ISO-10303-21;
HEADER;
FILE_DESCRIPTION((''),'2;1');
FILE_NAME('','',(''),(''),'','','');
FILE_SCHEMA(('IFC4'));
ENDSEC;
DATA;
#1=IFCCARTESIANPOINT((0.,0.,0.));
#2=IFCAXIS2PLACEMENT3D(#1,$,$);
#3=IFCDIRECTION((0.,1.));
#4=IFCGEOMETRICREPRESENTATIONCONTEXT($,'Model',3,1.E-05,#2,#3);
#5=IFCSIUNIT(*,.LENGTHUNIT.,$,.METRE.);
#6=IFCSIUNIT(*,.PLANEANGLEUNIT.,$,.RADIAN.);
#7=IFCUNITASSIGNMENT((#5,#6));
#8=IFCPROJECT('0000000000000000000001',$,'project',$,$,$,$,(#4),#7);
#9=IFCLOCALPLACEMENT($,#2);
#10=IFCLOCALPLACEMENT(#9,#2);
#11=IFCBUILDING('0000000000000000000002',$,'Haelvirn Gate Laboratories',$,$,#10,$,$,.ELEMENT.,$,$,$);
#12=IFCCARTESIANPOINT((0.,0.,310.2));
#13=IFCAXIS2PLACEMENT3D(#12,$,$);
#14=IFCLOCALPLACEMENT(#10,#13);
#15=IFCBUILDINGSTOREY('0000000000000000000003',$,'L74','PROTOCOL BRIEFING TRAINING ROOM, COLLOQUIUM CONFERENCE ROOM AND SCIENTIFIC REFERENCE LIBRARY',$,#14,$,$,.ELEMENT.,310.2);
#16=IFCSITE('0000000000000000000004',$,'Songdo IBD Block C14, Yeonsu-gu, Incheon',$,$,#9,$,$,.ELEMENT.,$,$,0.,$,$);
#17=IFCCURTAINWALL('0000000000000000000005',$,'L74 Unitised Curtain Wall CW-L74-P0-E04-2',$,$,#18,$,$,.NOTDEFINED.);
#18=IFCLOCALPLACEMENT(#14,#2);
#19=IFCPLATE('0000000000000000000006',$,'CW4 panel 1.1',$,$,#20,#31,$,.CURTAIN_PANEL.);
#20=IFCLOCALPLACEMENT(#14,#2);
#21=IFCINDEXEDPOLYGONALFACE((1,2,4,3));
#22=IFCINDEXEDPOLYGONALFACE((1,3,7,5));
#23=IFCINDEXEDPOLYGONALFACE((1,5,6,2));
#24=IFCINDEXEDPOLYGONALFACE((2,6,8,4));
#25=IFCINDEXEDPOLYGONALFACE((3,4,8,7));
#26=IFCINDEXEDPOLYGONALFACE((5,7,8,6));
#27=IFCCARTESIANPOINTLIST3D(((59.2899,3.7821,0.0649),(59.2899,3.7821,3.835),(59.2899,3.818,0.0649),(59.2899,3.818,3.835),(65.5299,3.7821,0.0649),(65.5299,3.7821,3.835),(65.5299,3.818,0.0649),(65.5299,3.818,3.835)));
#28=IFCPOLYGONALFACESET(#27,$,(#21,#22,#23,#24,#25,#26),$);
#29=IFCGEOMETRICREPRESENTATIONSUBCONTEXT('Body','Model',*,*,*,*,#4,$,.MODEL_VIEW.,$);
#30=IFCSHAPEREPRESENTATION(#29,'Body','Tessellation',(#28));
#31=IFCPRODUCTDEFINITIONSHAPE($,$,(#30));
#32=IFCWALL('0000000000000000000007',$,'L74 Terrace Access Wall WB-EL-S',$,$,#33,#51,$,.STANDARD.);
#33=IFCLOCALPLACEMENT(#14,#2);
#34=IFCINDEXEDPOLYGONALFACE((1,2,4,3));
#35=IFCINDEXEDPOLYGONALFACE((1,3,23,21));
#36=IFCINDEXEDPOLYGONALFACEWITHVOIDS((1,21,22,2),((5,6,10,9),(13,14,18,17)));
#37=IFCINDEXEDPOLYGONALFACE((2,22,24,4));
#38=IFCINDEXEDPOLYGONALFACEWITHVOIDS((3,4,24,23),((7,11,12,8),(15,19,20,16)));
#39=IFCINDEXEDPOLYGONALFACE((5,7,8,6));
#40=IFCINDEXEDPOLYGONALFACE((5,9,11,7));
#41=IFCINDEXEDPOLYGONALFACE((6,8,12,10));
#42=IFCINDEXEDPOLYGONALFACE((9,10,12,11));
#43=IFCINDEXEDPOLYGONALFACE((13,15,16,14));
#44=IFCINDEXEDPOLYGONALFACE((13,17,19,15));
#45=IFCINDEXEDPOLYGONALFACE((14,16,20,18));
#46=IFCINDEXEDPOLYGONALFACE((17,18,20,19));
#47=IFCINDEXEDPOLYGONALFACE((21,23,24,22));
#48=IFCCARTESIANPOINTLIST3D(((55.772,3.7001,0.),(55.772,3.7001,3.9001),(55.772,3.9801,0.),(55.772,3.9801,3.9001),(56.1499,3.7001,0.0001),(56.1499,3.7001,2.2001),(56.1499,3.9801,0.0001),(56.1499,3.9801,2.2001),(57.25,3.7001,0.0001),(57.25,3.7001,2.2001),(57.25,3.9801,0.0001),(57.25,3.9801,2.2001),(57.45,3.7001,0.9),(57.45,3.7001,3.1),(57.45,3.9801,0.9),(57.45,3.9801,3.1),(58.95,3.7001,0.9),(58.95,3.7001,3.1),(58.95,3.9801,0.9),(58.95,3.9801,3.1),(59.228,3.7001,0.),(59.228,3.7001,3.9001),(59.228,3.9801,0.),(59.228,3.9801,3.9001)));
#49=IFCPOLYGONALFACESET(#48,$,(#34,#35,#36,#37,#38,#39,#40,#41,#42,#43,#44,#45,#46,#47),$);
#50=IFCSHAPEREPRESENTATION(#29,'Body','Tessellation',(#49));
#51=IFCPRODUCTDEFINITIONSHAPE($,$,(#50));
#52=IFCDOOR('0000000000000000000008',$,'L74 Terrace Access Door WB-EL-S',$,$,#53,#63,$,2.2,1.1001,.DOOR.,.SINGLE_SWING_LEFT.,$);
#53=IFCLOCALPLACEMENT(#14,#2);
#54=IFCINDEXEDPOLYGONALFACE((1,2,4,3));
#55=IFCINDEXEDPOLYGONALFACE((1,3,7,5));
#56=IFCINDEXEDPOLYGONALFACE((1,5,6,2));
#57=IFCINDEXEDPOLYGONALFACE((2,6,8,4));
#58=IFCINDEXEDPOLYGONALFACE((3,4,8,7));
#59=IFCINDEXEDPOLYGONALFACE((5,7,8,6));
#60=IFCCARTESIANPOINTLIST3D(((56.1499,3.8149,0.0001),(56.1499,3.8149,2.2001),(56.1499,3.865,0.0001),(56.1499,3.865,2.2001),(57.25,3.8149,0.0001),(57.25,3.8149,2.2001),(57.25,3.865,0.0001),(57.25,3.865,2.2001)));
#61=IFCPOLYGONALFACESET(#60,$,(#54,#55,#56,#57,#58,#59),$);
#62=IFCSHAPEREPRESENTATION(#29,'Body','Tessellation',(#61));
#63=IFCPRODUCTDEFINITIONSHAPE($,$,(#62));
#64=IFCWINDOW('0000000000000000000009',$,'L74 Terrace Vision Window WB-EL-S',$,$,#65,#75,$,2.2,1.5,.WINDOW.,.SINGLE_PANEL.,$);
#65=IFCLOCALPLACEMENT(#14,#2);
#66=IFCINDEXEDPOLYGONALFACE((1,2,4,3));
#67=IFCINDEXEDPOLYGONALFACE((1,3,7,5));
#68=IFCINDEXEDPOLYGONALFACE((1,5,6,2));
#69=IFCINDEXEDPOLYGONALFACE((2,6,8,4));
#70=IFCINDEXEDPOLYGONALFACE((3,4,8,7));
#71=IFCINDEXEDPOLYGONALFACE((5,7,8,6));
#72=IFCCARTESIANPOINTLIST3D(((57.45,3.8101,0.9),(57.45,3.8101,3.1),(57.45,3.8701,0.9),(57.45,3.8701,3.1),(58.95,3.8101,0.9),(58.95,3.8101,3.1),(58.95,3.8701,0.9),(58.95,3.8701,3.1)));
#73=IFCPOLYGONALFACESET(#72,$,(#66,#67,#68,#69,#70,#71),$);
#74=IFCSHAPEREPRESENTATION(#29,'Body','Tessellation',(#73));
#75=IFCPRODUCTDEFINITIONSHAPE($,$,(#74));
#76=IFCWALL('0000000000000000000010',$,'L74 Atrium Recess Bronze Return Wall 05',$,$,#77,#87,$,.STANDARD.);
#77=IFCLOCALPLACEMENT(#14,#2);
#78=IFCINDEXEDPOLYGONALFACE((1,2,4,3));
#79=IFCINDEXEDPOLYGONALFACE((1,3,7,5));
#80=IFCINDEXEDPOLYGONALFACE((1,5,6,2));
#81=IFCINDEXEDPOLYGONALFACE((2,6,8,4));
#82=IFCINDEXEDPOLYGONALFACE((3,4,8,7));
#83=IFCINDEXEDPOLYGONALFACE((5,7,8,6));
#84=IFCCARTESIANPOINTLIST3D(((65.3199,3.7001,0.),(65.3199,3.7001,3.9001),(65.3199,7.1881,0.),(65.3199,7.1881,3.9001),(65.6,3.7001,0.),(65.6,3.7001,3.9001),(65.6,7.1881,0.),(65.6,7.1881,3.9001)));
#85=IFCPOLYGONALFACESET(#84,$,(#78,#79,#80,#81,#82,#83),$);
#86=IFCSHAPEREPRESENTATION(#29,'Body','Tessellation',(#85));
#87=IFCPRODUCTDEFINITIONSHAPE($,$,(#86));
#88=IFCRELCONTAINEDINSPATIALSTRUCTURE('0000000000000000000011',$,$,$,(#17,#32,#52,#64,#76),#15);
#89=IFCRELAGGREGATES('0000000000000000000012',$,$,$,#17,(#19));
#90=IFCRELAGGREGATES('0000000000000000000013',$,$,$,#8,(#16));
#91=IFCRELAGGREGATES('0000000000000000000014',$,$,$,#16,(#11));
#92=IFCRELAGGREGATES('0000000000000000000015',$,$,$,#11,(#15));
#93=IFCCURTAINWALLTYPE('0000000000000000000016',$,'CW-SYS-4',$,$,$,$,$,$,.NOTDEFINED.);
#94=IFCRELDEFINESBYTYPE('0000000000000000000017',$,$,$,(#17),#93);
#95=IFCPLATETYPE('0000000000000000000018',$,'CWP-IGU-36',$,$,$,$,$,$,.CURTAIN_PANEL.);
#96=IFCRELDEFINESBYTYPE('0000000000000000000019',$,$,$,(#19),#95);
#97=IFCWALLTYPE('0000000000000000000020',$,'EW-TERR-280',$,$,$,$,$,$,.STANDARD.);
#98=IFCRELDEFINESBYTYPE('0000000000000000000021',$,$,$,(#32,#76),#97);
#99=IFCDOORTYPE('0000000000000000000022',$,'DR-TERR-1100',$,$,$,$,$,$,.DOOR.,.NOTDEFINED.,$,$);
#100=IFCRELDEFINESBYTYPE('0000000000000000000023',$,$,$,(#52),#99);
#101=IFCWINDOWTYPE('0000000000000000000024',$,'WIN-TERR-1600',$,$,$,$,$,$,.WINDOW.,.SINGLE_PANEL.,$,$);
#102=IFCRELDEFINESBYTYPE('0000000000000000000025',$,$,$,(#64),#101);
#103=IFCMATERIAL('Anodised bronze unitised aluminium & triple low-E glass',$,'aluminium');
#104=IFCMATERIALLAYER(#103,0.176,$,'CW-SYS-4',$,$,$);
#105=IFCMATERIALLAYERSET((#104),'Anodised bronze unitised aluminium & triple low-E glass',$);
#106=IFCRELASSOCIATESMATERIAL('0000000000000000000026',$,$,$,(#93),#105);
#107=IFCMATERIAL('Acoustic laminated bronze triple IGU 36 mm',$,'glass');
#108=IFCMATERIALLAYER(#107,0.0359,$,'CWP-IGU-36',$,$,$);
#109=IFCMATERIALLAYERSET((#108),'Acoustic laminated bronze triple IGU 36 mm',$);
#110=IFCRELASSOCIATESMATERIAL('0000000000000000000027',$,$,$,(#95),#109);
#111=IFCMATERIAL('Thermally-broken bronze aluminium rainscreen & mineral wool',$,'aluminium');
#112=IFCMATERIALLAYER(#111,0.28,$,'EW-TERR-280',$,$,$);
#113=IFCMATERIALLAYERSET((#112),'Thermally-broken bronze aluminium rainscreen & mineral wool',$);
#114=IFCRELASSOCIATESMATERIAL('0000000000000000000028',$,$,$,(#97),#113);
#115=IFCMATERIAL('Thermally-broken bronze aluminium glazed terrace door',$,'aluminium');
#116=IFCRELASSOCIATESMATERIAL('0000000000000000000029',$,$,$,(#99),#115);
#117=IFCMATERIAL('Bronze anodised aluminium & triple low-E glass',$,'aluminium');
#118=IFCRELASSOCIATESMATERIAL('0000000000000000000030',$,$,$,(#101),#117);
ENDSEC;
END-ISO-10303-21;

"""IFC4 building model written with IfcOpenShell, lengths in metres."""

from ifc_helpers import new_model, si_unit, direction, frame, frame_2d, origin, origin_2d, place, context, subcontext, project, spatial, rectangle, extrude, source, transform, mapped, material, layer, layer_set, type_object, type_shapes, element, fill, aggregate, save


model = new_model("IFC4")

# Units and contexts
model_context = context("Model", 3, precision=1e-05, world=origin(), true_north=direction((0.0, 1.0)))
body_context = subcontext(model_context, "Body", "Model", "MODEL_VIEW")
ifc_project = project(units=[si_unit("LENGTHUNIT", "METRE"), si_unit("PLANEANGLEUNIT", "RADIAN")], contexts=[model_context])

# Site, building, storey
site_placement = place(None, origin())
site = spatial("IfcSite", under=ifc_project, at=site_placement, Name="Songdo IBD Block C14, Yeonsu-gu, Incheon", CompositionType="ELEMENT", RefElevation=0.0)
building_placement = place(site_placement, origin())
building = spatial("IfcBuilding", under=site, at=building_placement, Name="Haelvirn Gate Laboratories", CompositionType="ELEMENT")
storey_placement = place(building_placement, frame((0.0, 0.0, 310.2)))
storey = spatial("IfcBuildingStorey", under=building, at=storey_placement, Name="L74", Description="PROTOCOL BRIEFING TRAINING ROOM, COLLOQUIUM CONFERENCE ROOM AND SCIENTIFIC REFERENCE LIBRARY", CompositionType="ELEMENT", Elevation=310.2)

# Shared definitions
ifc_material_1 = material(Name="Anodised bronze unitised aluminium & triple low-E glass", Category="aluminium")
ifc_layer_1 = layer(ifc_material_1, 0.176, Name="CW-SYS-4")
ifc_layer_set_1 = layer_set([ifc_layer_1], Name="Anodised bronze unitised aluminium & triple low-E glass")
curtain_wall_type_1 = type_object("IfcCurtainWallType", Name="CW-SYS-4", PredefinedType="NOTDEFINED", material=ifc_layer_set_1)

# Curtain wall
curtain_wall_1_placement = place(storey_placement, origin())
curtain_wall_1 = element("IfcCurtainWall", 1, at=curtain_wall_1_placement, inside=storey, type_object=curtain_wall_type_1, Name="L74 Unitised Curtain Wall CW-L74-P0-E04-2", PredefinedType="NOTDEFINED")

# Plate
ifc_material_2 = material(Name="Acoustic laminated bronze triple IGU 36 mm", Category="glass")
ifc_layer_2 = layer(ifc_material_2, 0.0359, Name="CWP-IGU-36")
ifc_layer_set_2 = layer_set([ifc_layer_2], Name="Acoustic laminated bronze triple IGU 36 mm")
plate_type_1 = type_object("IfcPlateType", Name="CWP-IGU-36", PredefinedType="CURTAIN_PANEL", material=ifc_layer_set_2)
shared_shape_1 = source(origin(), body_context, "Body", "SweptSolid", [
    extrude(rectangle(XDim=6.24, YDim=0.0359, at=origin_2d()), origin(), (0.0, 0.0, 1.0), 3.77),
])
type_shapes(plate_type_1, [shared_shape_1])
plate_1_placement = place(storey_placement, frame((62.4099, 3.8, 0.0649), z_axis=(0.0, 0.0, 1.0), x_axis=(1.0, 0.0, 0.0)))
plate_1 = element("IfcPlate", 2, at=plate_1_placement, type_object=plate_type_1, Name="CW4 panel 1.1", PredefinedType="CURTAIN_PANEL", context=body_context, shape_type="MappedRepresentation", body=[
    mapped(shared_shape_1, transform((0.0, 0.0, 0.0), scale=1.0)),
])
aggregate(curtain_wall_1, [plate_1])

# Wall, openings, door, window
ifc_material_3 = material(Name="Thermally-broken bronze aluminium rainscreen & mineral wool", Category="aluminium")
ifc_layer_3 = layer(ifc_material_3, 0.28, Name="EW-TERR-280")
ifc_layer_set_3 = layer_set([ifc_layer_3], Name="Thermally-broken bronze aluminium rainscreen & mineral wool")
wall_type = type_object("IfcWallType", Name="EW-TERR-280", PredefinedType="STANDARD", material=ifc_layer_set_3)
wall_1_placement = place(storey_placement, frame((55.772, 3.8401, 0.0), z_axis=(0.0, 0.0, 1.0), x_axis=(1.0, 0.0, 0.0)))
wall_1 = element("IfcWall", 3, at=wall_1_placement, inside=storey, type_object=wall_type, Name="L74 Terrace Access Wall WB-EL-S", PredefinedType="STANDARD", context=body_context, shape_type="SweptSolid", body=[
    extrude(rectangle(XDim=3.4561, YDim=0.28, at=frame_2d((1.728, 0.0))), origin(), (0.0, 0.0, 1.0), 3.9001),
])
opening_1_placement = place(wall_1_placement, frame((0.3779, 0.0, 0.0)))
opening_1 = element("IfcOpeningElement", 4, at=opening_1_placement, cuts=wall_1, PredefinedType="OPENING", context=body_context, shape_type="SweptSolid", body=[
    extrude(rectangle(XDim=1.1001, YDim=2.2, at=frame_2d((0.55, 1.1001))), frame((0.0, 0.1499, 0.0), z_axis=(0.0, -1.0, 0.0), x_axis=(1.0, 0.0, 0.0)), (0.0, 0.0, 1.0), 0.3),
])
opening_2_placement = place(wall_1_placement, frame((1.678, 0.0, 0.8999)))
opening_2 = element("IfcOpeningElement", 5, at=opening_2_placement, cuts=wall_1, PredefinedType="OPENING", context=body_context, shape_type="SweptSolid", body=[
    extrude(rectangle(XDim=1.5, YDim=2.2, at=frame_2d((0.75, 1.1001))), frame((0.0, 0.1499, 0.0), z_axis=(0.0, -1.0, 0.0), x_axis=(1.0, 0.0, 0.0)), (0.0, 0.0, 1.0), 0.3),
])
ifc_material_4 = material(Name="Thermally-broken bronze aluminium glazed terrace door", Category="aluminium")
door_type = type_object("IfcDoorType", Name="DR-TERR-1100", OperationType="NOTDEFINED", PredefinedType="DOOR", material=ifc_material_4)
shared_shape_2 = source(origin(), body_context, "Body", "SweptSolid", [
    extrude(rectangle(XDim=1.1001, YDim=2.2, at=frame_2d((0.55, 1.1001))), frame((0.0, 0.0249, 0.0), z_axis=(0.0, -1.0, 0.0), x_axis=(1.0, 0.0, 0.0)), (0.0, 0.0, 1.0), 0.05),
])
type_shapes(door_type, [shared_shape_2])
door_placement = place(opening_1_placement, origin())
door = element("IfcDoor", 6, at=door_placement, inside=storey, type_object=door_type, Name="L74 Terrace Access Door WB-EL-S", OperationType="SINGLE_SWING_LEFT", OverallHeight=2.2, OverallWidth=1.1001, PredefinedType="DOOR", context=body_context, shape_type="MappedRepresentation", body=[
    mapped(shared_shape_2, transform((0.0, 0.0, 0.0), scale=1.0)),
])
fill(opening_1, door)
ifc_material_5 = material(Name="Bronze anodised aluminium & triple low-E glass", Category="aluminium")
window_type = type_object("IfcWindowType", Name="WIN-TERR-1600", PartitioningType="SINGLE_PANEL", PredefinedType="WINDOW", material=ifc_material_5)
shared_shape_3 = source(origin(), body_context, "Body", "SweptSolid", [
    extrude(rectangle(XDim=1.5, YDim=2.2, at=frame_2d((0.75, 1.1001))), frame((0.0, 0.03, 0.0), z_axis=(0.0, -1.0, 0.0), x_axis=(1.0, 0.0, 0.0)), (0.0, 0.0, 1.0), 0.0601),
])
type_shapes(window_type, [shared_shape_3])
window_placement = place(opening_2_placement, origin())
window = element("IfcWindow", 7, at=window_placement, inside=storey, type_object=window_type, Name="L74 Terrace Vision Window WB-EL-S", OverallHeight=2.2, OverallWidth=1.5, PartitioningType="SINGLE_PANEL", PredefinedType="WINDOW", context=body_context, shape_type="MappedRepresentation", body=[
    mapped(shared_shape_3, transform((0.0, 0.0, 0.0), scale=1.0)),
])
fill(opening_2, window)

# Wall
wall_2_placement = place(storey_placement, frame((65.46, 3.7, 0.0), z_axis=(0.0, 0.0, 1.0), x_axis=(0.0, 1.0, 0.0)))
element("IfcWall", 8, at=wall_2_placement, inside=storey, type_object=wall_type, Name="L74 Atrium Recess Bronze Return Wall 05", PredefinedType="STANDARD", context=body_context, shape_type="SweptSolid", body=[
    extrude(rectangle(XDim=3.488, YDim=0.28, at=frame_2d((1.7441, 0.0))), origin(), (0.0, 0.0, 1.0), 3.9001),
])

save(model, "model.ifc")
